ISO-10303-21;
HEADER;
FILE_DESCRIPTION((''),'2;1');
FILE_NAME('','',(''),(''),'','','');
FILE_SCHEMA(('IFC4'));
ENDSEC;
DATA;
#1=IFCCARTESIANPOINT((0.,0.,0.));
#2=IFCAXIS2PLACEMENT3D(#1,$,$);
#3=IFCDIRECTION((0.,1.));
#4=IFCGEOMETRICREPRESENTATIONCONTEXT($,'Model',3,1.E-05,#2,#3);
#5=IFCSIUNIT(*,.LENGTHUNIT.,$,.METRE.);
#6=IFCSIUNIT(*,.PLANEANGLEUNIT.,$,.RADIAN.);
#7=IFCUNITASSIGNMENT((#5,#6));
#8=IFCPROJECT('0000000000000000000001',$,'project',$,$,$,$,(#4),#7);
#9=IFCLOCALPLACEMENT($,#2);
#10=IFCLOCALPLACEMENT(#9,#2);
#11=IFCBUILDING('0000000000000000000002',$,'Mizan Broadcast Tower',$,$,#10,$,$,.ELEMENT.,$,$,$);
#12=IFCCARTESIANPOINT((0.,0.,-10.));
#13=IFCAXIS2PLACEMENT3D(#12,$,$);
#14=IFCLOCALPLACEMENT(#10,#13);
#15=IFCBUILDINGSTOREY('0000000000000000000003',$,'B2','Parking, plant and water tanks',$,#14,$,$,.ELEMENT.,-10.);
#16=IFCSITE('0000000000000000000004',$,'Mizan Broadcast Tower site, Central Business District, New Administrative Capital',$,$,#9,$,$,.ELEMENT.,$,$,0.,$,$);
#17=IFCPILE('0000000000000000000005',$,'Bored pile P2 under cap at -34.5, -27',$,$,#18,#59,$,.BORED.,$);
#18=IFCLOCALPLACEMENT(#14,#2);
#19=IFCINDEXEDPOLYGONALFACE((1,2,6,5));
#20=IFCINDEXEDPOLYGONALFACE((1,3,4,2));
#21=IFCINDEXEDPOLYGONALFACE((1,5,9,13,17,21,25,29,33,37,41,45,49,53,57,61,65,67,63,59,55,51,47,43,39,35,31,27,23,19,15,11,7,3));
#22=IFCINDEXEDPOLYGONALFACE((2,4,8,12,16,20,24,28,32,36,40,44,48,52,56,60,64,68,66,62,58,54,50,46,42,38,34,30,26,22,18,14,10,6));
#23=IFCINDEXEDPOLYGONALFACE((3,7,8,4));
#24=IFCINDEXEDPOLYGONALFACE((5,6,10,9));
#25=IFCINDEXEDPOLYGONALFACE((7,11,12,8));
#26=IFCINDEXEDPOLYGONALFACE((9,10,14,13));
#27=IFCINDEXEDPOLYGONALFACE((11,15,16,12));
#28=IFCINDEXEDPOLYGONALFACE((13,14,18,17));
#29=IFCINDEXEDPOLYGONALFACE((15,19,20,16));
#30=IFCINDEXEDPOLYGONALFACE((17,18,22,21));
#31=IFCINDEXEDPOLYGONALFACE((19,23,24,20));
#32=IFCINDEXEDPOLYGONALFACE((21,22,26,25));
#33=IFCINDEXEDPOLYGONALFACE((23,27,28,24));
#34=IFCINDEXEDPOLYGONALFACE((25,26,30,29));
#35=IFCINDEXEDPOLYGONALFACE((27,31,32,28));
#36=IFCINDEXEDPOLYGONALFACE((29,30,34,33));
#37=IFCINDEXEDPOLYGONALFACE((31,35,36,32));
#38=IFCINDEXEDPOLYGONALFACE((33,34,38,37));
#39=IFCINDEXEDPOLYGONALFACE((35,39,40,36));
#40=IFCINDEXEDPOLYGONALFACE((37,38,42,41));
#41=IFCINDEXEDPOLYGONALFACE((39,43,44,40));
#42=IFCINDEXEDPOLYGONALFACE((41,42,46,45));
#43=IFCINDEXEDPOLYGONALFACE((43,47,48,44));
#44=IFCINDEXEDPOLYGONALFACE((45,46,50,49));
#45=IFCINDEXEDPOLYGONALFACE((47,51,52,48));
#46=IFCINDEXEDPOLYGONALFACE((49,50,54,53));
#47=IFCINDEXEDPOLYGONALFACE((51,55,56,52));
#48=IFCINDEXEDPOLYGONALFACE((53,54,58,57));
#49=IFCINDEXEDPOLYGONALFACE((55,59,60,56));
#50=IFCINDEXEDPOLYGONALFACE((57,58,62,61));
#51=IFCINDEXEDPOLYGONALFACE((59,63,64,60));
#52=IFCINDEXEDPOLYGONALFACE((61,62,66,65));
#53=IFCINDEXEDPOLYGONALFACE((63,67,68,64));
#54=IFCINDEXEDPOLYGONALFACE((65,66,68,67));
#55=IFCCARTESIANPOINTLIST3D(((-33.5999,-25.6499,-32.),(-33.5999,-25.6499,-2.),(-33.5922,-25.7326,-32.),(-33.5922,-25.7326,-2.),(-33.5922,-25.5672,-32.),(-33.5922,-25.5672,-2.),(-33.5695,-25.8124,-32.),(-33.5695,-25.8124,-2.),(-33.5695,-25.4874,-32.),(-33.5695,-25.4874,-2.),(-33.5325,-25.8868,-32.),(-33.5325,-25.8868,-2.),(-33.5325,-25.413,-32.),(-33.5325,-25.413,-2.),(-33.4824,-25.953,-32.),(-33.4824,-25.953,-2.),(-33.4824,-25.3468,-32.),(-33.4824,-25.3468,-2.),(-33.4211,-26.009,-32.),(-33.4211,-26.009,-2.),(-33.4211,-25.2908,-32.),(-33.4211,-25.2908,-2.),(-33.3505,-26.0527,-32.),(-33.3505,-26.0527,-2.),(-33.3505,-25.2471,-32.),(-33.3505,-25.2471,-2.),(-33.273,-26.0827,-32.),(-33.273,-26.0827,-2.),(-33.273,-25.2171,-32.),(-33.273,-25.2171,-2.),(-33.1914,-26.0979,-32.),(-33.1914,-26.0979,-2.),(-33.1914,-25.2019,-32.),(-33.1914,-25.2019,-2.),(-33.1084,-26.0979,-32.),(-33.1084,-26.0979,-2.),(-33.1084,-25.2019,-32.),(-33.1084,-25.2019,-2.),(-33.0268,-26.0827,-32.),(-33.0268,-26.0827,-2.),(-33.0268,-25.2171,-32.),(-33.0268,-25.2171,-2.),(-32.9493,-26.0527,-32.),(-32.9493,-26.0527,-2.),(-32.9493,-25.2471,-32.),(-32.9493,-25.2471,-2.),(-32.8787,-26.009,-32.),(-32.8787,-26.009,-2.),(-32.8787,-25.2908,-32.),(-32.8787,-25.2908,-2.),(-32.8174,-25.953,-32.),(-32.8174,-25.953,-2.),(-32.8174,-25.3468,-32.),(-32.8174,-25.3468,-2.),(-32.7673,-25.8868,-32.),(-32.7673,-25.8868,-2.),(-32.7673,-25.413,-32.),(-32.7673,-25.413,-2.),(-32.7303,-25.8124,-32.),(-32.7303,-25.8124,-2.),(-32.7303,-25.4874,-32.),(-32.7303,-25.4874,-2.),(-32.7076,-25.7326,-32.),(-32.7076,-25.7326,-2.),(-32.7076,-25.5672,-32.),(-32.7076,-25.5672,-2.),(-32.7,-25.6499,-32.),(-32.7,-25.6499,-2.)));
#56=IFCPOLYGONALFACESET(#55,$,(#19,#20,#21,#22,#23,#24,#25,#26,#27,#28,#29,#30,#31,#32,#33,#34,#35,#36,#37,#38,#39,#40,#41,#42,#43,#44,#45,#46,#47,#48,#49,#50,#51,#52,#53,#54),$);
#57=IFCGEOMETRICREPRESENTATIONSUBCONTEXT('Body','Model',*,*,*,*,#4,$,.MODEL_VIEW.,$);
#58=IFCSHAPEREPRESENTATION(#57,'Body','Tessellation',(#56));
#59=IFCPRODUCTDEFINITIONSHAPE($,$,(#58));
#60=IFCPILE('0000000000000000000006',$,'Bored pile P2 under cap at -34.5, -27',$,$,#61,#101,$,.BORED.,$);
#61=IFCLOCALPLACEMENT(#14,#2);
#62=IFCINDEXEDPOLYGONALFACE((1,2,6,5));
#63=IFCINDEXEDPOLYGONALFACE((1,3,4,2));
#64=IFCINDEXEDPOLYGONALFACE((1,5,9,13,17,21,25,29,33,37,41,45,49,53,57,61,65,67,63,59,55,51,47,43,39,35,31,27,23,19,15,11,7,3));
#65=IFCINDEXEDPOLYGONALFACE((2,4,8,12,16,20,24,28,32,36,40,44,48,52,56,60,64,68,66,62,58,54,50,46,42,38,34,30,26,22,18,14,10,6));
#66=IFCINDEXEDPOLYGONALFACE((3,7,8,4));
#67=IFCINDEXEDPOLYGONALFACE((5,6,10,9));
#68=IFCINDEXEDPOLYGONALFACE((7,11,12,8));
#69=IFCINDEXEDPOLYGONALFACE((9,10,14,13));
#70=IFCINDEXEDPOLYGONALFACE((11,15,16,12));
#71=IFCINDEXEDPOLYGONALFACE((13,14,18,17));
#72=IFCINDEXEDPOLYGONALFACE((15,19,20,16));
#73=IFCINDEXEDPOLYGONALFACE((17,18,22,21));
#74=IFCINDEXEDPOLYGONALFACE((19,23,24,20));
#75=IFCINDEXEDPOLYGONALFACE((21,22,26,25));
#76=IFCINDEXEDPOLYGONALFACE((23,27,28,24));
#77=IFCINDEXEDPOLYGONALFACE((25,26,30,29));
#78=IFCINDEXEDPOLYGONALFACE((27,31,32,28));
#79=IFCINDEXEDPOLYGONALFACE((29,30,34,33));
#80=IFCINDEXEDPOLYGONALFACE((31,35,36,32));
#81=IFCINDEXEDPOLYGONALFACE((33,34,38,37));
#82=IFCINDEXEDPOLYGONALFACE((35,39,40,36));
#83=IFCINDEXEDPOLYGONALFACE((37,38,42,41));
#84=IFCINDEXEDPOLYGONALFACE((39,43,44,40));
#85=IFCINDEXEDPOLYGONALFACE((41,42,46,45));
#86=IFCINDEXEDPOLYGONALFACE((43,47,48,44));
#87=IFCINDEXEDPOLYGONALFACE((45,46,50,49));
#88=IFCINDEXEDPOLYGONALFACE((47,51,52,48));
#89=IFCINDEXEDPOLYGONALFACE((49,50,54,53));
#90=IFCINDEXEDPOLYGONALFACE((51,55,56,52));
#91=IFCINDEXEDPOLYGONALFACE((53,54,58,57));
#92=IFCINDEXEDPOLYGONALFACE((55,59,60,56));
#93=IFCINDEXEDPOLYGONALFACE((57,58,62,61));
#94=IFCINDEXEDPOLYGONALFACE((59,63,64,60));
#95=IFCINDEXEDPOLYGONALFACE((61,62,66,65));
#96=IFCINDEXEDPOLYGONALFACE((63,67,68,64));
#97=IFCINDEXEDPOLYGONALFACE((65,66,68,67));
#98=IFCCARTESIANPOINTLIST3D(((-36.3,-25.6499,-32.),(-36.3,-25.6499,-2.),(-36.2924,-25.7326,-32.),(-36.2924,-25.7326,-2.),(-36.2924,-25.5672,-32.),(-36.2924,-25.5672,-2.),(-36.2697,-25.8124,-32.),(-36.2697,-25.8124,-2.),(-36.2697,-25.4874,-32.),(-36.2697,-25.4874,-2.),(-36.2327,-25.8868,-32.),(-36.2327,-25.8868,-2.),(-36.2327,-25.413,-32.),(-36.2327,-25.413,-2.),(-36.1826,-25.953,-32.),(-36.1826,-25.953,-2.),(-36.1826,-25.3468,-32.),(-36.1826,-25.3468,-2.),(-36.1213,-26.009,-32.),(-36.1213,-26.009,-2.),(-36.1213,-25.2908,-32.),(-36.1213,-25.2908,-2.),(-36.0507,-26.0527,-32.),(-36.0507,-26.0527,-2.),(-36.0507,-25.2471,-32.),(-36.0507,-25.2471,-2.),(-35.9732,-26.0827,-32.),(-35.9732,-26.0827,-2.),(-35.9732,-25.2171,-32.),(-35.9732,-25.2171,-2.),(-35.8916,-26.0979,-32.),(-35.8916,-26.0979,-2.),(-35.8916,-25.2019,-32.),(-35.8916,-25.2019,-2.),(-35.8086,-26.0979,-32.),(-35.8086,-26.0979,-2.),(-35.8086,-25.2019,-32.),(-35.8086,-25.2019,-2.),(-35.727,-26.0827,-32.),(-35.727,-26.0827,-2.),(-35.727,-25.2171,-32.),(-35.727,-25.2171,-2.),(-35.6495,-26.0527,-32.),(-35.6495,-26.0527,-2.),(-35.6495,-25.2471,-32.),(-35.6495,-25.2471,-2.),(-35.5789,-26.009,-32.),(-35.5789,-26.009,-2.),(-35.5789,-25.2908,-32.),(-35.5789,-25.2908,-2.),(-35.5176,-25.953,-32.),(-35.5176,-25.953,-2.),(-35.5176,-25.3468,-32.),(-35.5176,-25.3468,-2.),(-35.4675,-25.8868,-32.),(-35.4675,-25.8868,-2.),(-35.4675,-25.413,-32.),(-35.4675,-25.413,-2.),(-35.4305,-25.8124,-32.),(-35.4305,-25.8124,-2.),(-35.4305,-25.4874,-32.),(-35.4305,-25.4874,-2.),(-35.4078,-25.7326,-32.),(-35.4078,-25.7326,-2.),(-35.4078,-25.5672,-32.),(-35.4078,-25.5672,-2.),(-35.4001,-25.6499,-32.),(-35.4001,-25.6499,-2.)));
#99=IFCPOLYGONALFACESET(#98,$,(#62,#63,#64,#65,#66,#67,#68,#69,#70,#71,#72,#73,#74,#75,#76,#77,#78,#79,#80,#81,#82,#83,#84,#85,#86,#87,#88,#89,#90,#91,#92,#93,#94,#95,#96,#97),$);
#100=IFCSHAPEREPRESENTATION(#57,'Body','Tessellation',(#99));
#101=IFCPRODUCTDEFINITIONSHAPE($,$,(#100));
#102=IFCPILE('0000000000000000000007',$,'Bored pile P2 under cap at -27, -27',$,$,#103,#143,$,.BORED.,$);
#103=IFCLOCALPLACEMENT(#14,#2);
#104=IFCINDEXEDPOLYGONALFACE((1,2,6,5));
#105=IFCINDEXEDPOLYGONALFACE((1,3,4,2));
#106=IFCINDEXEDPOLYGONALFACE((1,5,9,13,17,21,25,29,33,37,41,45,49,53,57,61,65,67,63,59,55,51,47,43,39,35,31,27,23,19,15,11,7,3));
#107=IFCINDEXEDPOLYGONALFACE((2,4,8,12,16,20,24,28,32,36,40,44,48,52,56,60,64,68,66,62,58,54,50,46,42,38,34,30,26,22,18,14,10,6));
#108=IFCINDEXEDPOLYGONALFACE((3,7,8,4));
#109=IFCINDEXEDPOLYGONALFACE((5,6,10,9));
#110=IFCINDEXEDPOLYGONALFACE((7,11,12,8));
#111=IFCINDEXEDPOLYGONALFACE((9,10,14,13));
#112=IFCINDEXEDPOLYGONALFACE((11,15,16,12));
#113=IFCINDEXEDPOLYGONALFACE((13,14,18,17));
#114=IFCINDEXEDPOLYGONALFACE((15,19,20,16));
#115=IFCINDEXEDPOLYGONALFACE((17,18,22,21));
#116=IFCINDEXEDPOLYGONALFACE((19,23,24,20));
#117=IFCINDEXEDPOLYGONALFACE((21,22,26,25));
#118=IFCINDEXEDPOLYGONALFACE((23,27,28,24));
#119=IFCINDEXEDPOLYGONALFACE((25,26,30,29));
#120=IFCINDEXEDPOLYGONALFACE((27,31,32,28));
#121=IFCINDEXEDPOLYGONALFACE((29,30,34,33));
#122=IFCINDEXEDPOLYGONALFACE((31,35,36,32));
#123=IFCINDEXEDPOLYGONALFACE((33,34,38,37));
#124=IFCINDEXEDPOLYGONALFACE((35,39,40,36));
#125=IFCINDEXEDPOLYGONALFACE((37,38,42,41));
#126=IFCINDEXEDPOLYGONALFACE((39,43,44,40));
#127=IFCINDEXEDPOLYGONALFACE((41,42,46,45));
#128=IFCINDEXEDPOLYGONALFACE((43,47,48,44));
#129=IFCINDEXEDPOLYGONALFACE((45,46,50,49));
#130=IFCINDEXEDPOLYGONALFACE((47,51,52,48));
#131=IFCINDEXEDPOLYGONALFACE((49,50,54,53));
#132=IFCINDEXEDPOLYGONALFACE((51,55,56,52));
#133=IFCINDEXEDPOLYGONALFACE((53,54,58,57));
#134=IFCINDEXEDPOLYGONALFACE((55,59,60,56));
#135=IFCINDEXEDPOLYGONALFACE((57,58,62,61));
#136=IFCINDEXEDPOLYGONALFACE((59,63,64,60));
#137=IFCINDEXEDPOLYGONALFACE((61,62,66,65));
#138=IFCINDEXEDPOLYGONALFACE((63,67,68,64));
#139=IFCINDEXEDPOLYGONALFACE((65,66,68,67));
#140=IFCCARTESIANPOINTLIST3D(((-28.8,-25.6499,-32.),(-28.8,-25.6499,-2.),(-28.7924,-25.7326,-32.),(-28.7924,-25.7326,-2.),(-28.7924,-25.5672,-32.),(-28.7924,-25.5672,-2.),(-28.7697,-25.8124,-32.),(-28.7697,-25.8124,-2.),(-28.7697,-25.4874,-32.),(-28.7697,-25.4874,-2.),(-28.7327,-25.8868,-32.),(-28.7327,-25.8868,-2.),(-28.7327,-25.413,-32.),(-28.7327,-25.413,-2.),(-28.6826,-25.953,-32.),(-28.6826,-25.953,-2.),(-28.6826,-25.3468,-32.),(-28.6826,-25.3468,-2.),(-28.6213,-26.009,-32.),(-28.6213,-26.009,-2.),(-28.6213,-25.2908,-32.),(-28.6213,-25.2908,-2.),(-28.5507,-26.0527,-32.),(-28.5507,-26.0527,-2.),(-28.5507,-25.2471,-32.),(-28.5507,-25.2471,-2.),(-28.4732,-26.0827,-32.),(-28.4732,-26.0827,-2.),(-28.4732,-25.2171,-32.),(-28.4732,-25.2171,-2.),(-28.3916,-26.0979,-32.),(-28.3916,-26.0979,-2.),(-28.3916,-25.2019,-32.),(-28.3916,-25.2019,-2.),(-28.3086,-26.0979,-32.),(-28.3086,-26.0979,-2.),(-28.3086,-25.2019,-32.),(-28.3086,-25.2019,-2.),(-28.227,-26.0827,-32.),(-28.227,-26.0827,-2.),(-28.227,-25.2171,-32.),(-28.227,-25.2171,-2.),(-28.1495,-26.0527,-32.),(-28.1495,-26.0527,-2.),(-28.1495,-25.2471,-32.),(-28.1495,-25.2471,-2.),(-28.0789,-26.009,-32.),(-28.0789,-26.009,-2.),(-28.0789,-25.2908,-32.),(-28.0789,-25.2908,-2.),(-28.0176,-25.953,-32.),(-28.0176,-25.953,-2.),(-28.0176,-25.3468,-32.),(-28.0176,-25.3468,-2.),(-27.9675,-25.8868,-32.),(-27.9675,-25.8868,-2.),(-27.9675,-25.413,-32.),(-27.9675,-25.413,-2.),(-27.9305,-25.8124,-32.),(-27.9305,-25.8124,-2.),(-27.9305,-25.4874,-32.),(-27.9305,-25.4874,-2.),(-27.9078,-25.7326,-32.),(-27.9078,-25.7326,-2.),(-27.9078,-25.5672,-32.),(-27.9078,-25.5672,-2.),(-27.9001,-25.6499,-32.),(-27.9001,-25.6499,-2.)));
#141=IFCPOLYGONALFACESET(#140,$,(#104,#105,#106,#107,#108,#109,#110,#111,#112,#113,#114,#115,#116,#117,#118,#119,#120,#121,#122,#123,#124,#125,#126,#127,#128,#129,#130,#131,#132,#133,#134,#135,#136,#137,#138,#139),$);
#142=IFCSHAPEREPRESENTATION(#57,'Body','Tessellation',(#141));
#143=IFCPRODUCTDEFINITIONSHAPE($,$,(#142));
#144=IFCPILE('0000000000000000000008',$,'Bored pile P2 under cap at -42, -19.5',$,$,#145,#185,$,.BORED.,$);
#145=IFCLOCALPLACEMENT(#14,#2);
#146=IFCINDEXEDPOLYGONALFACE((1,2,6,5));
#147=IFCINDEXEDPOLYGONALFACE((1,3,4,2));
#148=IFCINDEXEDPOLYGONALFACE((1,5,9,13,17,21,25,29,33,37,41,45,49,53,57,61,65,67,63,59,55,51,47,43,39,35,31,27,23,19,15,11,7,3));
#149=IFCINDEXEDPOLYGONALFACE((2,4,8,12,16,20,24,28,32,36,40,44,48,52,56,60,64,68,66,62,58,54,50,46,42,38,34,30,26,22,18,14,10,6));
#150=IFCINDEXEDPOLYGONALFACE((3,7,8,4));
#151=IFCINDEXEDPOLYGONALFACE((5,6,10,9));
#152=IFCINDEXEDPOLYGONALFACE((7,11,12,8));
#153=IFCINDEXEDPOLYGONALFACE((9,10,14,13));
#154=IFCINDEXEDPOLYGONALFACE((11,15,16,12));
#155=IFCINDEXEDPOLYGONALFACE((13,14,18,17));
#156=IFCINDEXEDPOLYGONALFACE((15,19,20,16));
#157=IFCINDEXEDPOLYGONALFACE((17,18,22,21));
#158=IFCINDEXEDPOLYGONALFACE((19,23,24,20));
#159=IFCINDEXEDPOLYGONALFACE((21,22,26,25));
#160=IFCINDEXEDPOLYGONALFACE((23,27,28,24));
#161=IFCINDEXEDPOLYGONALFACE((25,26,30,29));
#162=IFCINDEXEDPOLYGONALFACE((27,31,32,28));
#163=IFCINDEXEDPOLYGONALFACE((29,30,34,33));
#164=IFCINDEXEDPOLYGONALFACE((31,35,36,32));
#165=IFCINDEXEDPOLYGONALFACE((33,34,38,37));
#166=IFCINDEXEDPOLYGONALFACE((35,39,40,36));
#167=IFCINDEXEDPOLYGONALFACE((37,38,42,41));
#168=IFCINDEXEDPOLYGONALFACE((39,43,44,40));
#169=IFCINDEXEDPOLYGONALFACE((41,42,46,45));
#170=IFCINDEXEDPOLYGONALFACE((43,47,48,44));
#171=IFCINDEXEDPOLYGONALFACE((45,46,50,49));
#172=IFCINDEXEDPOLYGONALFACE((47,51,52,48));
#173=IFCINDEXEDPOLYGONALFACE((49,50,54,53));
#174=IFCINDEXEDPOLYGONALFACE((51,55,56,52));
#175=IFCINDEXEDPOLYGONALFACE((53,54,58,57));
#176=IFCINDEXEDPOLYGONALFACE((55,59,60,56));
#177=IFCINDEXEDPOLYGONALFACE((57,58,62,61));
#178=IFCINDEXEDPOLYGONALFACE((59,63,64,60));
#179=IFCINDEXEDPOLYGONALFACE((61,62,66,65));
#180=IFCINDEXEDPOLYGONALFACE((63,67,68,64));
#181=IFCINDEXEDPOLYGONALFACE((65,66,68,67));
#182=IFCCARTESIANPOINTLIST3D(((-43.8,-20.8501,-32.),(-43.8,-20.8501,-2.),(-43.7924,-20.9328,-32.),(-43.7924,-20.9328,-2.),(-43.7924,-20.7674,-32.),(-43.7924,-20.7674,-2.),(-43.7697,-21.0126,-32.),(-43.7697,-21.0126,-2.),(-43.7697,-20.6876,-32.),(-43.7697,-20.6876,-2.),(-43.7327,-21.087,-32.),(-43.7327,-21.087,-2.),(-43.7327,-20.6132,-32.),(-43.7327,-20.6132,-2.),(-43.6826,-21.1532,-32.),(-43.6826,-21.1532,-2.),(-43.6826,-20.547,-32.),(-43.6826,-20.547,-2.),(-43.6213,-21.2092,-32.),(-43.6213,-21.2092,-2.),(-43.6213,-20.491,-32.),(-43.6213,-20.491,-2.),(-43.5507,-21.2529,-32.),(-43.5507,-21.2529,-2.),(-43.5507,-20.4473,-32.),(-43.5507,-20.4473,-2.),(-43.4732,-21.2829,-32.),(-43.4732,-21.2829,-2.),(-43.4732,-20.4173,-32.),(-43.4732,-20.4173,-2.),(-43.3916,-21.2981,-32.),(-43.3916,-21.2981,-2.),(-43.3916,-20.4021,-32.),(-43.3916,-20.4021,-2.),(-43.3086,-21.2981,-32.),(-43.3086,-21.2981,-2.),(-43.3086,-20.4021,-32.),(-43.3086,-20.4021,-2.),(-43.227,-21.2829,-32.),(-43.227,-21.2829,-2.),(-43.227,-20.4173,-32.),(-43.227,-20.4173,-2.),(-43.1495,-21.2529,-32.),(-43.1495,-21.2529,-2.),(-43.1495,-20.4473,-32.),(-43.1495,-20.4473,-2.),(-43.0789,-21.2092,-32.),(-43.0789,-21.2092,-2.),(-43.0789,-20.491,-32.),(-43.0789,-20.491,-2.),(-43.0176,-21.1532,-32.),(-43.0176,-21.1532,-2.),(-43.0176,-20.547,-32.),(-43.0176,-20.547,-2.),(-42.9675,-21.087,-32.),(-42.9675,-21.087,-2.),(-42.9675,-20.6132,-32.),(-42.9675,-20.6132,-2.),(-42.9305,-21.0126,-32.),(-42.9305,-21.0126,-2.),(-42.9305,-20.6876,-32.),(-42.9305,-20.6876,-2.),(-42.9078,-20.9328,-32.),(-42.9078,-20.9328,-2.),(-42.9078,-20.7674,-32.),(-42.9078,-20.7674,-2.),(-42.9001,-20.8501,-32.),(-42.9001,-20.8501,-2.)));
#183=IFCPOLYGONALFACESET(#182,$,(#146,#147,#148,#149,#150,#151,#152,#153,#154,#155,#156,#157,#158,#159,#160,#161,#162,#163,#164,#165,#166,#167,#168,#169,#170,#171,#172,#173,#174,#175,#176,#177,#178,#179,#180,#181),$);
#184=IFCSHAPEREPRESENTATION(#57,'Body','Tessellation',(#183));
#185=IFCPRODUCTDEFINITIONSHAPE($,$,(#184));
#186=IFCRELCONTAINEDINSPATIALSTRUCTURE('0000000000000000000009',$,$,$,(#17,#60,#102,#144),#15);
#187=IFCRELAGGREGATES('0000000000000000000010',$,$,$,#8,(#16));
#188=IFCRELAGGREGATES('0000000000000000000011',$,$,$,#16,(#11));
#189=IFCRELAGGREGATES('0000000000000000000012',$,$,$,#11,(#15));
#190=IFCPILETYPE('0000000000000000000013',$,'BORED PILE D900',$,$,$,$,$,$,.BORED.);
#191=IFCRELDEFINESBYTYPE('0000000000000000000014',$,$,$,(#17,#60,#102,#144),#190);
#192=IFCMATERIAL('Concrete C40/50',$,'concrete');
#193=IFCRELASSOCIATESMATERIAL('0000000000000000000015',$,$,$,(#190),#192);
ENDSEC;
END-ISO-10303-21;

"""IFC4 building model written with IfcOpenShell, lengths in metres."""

from ifc_helpers import new_model, si_unit, direction, frame, origin, origin_2d, place, context, subcontext, project, spatial, circle, extrude, material, material_profile, profile_set, type_object, element, save


model = new_model("IFC4")

# Units and contexts
model_context = context("Model", 3, precision=1e-05, world=origin(), true_north=direction((0.0, 1.0)))
body_context = subcontext(model_context, "Body", "Model", "MODEL_VIEW")
ifc_project = project(units=[si_unit("LENGTHUNIT", "METRE"), si_unit("PLANEANGLEUNIT", "RADIAN")], contexts=[model_context])

# Site, building, storey
site_placement = place(None, origin())
site = spatial("IfcSite", under=ifc_project, at=site_placement, Name="Mizan Broadcast Tower site, Central Business District, New Administrative Capital", CompositionType="ELEMENT", RefElevation=0.0)
building_placement = place(site_placement, origin())
building = spatial("IfcBuilding", under=site, at=building_placement, Name="Mizan Broadcast Tower", CompositionType="ELEMENT")
storey_placement = place(building_placement, frame((0.0, 0.0, -10.0)))
storey = spatial("IfcBuildingStorey", under=building, at=storey_placement, Name="B2", Description="Parking, plant and water tanks", CompositionType="ELEMENT", Elevation=-10.0)

# Piles
ifc_material_1 = material(Name="Concrete C40/50", Category="concrete")
ifc_material_profile_1 = material_profile(ifc_material_1, circle(Radius=0.45, at=origin_2d()), Name="D900")
ifc_profile_set_1 = profile_set([ifc_material_profile_1], Name="Concrete C40/50")
pile_type_1 = type_object("IfcPileType", Name="BORED PILE D900", PredefinedType="BORED", material=ifc_profile_set_1)
for number, where, z_axis, x_axis, name in (
    (1, (-33.1499, -25.6499, -2.0), (0.0, 0.0, -1.0), (1.0, 0.0, 0.0), "Bored pile P2 under cap at -34.5, -27"),
    (2, (-35.8501, -25.6499, -2.0), (0.0, 0.0, -1.0), (1.0, 0.0, 0.0), "Bored pile P2 under cap at -34.5, -27"),
    (3, (-28.3501, -25.6499, -2.0), (0.0, 0.0, -1.0), (1.0, 0.0, 0.0), "Bored pile P2 under cap at -27, -27"),
    (4, (-43.3501, -20.8501, -2.0), (0.0, 0.0, -1.0), (1.0, 0.0, 0.0), "Bored pile P2 under cap at -42, -19.5"),
):
    element("IfcPile", number, at=place(storey_placement, frame(where, z_axis=z_axis, x_axis=x_axis)), inside=storey, type_object=pile_type_1, Name=name, PredefinedType="BORED", context=body_context, shape_type="SweptSolid", body=[
        extrude(circle(Radius=0.45, at=origin_2d()), origin(), (0.0, 0.0, 1.0), 30.0),
    ])

save(model, "model.ifc")
